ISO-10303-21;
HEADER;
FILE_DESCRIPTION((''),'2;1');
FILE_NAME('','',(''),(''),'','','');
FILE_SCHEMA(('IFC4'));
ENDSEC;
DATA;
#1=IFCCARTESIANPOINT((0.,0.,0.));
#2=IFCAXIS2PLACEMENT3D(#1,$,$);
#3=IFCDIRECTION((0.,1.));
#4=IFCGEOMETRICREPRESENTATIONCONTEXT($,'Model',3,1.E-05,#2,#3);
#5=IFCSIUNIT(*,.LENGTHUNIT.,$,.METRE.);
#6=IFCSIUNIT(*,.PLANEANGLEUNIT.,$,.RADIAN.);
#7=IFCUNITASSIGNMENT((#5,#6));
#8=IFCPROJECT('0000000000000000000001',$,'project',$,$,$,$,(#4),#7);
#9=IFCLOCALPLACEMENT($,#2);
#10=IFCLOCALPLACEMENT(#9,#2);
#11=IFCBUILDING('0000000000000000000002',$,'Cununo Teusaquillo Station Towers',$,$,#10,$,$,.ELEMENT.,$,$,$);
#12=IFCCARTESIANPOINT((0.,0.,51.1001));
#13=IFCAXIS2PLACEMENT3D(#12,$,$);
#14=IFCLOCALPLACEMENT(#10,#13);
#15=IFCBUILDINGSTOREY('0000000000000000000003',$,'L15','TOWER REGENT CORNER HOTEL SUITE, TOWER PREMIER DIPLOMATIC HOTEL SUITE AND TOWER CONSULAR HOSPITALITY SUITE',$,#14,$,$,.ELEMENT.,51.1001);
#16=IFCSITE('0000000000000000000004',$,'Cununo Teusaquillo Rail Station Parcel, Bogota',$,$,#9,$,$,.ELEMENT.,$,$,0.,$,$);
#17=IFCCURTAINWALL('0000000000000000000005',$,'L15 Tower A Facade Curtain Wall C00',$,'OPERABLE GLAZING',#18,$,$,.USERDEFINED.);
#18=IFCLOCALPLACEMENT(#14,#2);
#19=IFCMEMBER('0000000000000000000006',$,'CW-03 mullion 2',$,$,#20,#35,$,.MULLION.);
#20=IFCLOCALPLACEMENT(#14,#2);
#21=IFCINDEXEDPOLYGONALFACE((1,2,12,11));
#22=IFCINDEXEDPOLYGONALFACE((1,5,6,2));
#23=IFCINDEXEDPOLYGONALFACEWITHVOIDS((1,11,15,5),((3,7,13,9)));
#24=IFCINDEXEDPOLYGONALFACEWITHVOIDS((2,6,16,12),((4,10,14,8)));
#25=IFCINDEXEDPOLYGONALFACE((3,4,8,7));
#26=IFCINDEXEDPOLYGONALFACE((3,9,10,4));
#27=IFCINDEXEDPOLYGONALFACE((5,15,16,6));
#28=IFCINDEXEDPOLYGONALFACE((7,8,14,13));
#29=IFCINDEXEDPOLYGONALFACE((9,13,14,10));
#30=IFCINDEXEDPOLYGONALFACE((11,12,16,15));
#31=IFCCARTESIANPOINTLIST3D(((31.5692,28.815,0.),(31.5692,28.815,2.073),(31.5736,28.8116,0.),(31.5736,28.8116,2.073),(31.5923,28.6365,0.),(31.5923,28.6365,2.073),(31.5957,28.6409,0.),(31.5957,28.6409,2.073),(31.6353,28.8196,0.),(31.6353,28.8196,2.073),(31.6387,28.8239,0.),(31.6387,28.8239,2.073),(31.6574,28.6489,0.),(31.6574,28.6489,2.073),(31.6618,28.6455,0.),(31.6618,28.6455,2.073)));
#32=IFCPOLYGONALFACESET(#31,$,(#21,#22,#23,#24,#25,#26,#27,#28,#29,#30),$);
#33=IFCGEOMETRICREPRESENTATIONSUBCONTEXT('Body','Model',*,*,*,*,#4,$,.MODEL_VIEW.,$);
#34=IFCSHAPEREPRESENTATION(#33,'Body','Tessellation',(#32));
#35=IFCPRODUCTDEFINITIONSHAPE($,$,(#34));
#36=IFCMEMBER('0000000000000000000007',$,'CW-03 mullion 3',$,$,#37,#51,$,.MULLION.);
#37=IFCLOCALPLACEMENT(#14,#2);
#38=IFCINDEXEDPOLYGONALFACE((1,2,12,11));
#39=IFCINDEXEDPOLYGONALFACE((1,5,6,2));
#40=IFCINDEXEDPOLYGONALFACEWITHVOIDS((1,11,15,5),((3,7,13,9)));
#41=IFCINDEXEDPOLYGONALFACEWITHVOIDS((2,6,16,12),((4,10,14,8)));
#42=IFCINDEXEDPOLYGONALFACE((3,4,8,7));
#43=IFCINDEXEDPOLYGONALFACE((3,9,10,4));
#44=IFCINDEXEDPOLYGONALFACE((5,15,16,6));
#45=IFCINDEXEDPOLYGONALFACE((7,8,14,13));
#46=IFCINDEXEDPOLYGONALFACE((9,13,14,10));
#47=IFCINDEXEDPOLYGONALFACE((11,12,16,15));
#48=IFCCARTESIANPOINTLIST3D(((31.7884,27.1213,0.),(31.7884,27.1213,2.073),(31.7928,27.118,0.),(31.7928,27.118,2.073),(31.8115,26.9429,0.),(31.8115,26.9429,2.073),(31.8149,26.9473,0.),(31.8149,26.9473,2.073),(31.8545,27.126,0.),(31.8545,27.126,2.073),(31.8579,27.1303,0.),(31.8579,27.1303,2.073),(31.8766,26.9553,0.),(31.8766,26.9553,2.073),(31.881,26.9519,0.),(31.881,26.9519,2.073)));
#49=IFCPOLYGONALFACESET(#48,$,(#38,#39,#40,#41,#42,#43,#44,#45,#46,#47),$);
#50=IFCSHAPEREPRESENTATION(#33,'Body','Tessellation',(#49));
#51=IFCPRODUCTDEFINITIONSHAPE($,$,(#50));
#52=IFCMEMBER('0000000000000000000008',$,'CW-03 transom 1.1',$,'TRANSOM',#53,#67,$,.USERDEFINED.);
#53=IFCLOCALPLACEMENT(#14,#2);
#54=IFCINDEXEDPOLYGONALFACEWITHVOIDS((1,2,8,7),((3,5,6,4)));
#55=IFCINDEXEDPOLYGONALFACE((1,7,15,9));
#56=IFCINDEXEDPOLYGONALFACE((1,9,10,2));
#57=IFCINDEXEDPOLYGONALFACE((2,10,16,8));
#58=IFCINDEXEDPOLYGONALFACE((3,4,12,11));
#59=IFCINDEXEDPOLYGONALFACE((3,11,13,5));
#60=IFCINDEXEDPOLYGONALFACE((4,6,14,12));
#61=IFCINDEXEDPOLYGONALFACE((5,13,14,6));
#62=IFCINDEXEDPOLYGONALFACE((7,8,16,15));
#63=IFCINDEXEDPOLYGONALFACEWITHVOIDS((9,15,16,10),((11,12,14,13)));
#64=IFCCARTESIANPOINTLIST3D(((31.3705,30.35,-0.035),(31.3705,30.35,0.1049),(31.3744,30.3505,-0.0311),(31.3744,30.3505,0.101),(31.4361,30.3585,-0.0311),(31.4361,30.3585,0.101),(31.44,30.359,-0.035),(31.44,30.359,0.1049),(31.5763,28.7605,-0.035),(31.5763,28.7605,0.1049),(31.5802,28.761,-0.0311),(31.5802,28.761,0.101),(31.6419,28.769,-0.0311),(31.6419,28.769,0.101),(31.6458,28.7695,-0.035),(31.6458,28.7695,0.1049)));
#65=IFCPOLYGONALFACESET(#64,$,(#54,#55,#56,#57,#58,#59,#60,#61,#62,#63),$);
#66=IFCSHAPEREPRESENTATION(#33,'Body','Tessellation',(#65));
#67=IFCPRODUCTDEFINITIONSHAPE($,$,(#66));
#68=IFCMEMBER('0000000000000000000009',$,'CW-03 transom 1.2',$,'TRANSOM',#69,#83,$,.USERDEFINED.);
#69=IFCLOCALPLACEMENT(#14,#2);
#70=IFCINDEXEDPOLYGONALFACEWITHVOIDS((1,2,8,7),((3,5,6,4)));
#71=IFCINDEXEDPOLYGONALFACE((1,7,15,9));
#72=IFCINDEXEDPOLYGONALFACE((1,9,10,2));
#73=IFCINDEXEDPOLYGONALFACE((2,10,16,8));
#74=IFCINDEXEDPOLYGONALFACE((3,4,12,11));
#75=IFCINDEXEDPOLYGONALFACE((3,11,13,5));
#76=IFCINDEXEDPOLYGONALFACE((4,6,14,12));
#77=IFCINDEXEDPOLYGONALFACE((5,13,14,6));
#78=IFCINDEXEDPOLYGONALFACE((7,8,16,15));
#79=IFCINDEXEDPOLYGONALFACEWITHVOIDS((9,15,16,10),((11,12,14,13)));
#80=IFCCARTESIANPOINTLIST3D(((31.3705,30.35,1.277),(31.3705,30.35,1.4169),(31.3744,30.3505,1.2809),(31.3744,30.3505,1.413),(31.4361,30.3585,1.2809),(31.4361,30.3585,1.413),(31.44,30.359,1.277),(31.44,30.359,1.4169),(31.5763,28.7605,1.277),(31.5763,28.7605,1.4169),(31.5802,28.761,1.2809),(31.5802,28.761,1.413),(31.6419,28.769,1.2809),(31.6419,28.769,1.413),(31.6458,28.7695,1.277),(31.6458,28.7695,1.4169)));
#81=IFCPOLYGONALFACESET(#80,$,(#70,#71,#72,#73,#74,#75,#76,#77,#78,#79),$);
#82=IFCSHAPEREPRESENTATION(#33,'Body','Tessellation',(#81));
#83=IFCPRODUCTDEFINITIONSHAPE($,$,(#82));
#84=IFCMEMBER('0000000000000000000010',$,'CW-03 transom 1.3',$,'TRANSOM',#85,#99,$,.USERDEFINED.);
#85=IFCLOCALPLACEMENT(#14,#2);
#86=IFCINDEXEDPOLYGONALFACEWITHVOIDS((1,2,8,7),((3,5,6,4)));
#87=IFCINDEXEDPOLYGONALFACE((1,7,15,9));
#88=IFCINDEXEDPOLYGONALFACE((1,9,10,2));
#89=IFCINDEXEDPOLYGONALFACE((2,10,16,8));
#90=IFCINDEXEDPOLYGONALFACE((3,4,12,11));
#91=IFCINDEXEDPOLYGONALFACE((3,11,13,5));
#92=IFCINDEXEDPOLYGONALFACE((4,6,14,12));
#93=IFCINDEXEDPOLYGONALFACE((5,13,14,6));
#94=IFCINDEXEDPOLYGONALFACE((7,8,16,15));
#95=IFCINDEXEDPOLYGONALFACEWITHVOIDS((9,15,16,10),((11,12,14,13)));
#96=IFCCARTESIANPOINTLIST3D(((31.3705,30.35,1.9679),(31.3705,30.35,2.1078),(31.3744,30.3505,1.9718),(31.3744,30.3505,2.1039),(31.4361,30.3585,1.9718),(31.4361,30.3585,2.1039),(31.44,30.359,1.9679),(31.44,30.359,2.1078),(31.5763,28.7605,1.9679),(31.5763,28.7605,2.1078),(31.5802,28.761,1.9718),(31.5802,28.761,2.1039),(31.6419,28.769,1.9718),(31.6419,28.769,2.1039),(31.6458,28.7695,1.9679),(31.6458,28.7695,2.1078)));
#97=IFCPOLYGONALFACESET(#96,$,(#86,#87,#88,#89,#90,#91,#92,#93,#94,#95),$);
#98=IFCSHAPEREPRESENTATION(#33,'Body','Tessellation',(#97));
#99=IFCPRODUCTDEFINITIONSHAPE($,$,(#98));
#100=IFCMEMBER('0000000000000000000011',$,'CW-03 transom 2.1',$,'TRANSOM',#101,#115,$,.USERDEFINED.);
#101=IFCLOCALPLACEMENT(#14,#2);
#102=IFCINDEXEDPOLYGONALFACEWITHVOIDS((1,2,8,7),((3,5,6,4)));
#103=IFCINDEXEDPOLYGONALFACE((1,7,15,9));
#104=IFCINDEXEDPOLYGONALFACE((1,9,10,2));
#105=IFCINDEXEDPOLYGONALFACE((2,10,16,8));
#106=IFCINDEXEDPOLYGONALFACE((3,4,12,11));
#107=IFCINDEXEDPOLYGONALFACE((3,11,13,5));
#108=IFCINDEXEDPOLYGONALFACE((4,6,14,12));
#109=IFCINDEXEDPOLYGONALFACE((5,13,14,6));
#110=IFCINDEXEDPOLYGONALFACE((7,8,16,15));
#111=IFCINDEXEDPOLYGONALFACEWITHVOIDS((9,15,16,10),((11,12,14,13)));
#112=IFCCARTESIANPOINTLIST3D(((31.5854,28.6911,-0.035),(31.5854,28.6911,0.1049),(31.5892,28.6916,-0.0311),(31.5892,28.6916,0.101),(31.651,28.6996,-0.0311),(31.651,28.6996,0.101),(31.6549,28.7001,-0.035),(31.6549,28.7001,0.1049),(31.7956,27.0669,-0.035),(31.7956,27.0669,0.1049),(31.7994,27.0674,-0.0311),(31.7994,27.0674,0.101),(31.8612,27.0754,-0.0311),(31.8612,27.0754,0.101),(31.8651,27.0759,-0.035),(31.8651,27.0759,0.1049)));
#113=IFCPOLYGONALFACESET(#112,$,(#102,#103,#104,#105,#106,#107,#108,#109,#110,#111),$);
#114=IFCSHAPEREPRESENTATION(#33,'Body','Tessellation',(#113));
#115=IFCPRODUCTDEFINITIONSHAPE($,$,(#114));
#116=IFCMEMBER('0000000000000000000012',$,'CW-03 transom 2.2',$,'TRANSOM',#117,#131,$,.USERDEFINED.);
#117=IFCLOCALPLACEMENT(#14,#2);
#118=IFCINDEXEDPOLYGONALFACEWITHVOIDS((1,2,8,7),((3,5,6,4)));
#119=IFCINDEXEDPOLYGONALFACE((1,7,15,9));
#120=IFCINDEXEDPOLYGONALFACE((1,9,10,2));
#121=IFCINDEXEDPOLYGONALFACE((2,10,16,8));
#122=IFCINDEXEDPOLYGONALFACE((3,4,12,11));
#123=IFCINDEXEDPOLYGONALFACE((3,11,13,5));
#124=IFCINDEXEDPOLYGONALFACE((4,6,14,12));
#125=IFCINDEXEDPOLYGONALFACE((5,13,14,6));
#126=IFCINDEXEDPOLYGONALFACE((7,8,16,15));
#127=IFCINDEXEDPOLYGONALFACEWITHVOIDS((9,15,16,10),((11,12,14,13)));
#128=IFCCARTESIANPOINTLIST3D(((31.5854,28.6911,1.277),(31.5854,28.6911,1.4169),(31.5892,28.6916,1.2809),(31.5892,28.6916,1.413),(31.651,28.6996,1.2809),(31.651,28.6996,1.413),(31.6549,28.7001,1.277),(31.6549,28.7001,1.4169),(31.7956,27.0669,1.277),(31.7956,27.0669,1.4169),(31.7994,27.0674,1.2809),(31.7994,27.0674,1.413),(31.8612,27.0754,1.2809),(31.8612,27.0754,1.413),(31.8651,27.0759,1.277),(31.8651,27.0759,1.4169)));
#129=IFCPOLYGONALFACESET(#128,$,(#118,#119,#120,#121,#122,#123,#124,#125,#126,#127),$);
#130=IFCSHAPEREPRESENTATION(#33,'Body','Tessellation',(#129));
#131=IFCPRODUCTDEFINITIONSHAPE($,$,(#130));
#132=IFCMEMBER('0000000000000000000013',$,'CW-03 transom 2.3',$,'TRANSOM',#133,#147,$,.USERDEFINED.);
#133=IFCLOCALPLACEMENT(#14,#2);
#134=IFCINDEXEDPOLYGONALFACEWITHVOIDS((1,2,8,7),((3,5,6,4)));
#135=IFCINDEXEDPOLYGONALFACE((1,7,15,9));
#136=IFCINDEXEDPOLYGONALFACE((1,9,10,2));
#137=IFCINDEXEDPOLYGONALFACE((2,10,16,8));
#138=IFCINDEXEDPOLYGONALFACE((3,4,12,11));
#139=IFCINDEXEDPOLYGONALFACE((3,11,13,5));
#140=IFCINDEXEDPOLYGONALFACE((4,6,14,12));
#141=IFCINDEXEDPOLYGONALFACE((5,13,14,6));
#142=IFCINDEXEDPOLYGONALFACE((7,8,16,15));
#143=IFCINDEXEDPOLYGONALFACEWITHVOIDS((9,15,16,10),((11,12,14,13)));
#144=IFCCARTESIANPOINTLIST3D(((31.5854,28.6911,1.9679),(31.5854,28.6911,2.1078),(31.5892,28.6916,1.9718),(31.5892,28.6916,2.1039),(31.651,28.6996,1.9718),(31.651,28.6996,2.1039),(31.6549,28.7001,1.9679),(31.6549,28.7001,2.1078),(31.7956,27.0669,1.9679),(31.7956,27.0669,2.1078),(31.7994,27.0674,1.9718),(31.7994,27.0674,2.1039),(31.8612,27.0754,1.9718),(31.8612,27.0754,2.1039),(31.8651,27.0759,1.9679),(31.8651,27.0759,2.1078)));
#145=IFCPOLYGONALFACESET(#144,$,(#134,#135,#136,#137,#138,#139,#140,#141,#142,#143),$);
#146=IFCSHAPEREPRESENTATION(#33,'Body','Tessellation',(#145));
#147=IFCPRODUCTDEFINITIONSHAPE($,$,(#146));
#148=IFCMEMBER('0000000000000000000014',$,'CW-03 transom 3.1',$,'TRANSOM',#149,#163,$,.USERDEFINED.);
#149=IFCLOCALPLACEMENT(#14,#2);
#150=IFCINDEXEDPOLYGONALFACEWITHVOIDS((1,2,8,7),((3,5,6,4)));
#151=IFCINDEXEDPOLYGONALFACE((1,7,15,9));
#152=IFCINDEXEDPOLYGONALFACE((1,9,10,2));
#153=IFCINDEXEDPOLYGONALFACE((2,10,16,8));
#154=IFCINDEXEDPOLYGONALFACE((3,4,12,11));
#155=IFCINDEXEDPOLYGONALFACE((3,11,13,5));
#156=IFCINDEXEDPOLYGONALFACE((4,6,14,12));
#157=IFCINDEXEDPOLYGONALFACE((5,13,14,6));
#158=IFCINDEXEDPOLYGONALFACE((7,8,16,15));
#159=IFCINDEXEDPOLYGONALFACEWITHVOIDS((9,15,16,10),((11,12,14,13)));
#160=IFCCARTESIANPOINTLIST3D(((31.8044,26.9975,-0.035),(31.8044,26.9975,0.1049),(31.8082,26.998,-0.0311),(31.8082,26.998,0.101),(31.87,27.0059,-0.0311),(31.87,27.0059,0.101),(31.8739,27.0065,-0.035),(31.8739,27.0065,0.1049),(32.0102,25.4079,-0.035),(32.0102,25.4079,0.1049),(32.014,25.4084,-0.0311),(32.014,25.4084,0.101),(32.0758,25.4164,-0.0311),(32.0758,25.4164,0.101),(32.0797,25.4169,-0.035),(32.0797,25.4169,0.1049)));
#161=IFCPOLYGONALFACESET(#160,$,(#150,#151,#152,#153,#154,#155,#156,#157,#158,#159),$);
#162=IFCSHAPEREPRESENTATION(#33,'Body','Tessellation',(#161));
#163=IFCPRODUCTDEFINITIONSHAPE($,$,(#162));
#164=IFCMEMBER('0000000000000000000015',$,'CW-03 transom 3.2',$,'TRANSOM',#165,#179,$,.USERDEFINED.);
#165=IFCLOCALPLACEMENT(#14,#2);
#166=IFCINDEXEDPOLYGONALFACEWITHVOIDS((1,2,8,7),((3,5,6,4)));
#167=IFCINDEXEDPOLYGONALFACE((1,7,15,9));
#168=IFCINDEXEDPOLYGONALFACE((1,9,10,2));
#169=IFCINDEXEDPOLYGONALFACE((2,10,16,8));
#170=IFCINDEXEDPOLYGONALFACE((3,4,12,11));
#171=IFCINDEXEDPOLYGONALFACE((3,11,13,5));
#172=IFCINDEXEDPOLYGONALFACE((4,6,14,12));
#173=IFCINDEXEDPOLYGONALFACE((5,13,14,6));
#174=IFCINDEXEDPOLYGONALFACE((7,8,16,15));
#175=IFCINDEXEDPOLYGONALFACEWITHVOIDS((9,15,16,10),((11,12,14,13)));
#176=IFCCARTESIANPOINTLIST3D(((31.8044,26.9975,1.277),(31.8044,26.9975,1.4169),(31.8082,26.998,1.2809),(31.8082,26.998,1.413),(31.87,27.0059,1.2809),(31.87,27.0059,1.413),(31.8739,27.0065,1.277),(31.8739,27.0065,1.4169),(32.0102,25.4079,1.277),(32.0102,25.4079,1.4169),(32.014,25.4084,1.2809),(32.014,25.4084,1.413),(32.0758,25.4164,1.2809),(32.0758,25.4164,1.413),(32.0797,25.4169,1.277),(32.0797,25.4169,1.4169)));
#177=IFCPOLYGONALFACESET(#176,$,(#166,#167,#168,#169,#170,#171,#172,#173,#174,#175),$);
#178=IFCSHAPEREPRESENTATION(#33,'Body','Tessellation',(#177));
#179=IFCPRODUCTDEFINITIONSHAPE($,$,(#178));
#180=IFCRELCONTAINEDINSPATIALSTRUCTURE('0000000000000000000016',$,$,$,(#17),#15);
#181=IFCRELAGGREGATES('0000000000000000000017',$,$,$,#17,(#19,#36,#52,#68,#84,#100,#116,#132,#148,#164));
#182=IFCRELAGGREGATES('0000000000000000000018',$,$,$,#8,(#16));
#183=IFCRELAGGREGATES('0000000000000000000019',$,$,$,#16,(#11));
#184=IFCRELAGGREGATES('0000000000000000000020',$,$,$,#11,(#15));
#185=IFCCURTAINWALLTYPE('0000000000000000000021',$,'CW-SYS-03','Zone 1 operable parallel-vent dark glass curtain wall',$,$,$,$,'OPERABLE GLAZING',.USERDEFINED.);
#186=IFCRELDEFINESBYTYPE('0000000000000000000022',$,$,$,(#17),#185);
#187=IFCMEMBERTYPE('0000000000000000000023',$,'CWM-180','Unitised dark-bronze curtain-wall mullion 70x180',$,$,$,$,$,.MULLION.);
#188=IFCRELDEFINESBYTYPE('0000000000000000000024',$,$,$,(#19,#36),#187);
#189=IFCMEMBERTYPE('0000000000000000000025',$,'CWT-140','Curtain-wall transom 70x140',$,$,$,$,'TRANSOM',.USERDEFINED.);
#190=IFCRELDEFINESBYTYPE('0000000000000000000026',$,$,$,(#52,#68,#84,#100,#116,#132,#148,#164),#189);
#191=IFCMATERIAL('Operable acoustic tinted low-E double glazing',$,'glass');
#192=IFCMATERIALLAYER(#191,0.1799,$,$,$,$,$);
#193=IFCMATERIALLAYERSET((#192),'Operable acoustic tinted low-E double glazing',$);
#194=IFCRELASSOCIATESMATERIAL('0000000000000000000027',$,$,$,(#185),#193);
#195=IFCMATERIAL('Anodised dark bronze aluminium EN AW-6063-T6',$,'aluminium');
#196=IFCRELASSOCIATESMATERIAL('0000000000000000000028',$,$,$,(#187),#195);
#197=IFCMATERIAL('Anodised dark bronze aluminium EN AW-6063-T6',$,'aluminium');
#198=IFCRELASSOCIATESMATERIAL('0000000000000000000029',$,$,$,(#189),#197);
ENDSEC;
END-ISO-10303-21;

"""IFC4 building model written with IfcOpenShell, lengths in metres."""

from ifc_helpers import new_model, si_unit, direction, frame, origin, origin_2d, place, context, subcontext, project, spatial, hollow_rectangle, extrude, material, layer, layer_set, material_profile, profile_set, type_object, element, aggregate, save


model = new_model("IFC4")

# Units and contexts
model_context = context("Model", 3, precision=1e-05, world=origin(), true_north=direction((0.0, 1.0)))
body_context = subcontext(model_context, "Body", "Model", "MODEL_VIEW")
ifc_project = project(units=[si_unit("LENGTHUNIT", "METRE"), si_unit("PLANEANGLEUNIT", "RADIAN")], contexts=[model_context])

# Site, building, storey
site_placement = place(None, origin())
site = spatial("IfcSite", under=ifc_project, at=site_placement, Name="Cununo Teusaquillo Rail Station Parcel, Bogota", CompositionType="ELEMENT", RefElevation=0.0)
building_placement = place(site_placement, origin())
building = spatial("IfcBuilding", under=site, at=building_placement, Name="Cununo Teusaquillo Station Towers", CompositionType="ELEMENT")
storey_placement = place(building_placement, frame((0.0, 0.0, 51.1001)))
storey = spatial("IfcBuildingStorey", under=building, at=storey_placement, Name="L15", Description="TOWER REGENT CORNER HOTEL SUITE, TOWER PREMIER DIPLOMATIC HOTEL SUITE AND TOWER CONSULAR HOSPITALITY SUITE", CompositionType="ELEMENT", Elevation=51.1001)

# Curtain wall, members
ifc_material_1 = material(Name="Operable acoustic tinted low-E double glazing", Category="glass")
ifc_layer_1 = layer(ifc_material_1, 0.1799)
ifc_layer_set_1 = layer_set([ifc_layer_1], Name="Operable acoustic tinted low-E double glazing")
curtain_wall_type = type_object("IfcCurtainWallType", Name="CW-SYS-03", Description="Zone 1 operable parallel-vent dark glass curtain wall", ElementType="OPERABLE GLAZING", PredefinedType="USERDEFINED", material=ifc_layer_set_1)
curtain_wall_placement = place(storey_placement, origin())
curtain_wall = element("IfcCurtainWall", 1, at=curtain_wall_placement, inside=storey, type_object=curtain_wall_type, Name="L15 Tower A Facade Curtain Wall C00", ObjectType="OPERABLE GLAZING", PredefinedType="USERDEFINED")
ifc_material_2 = material(Name="Anodised dark bronze aluminium EN AW-6063-T6", Category="aluminium")
ifc_material_profile_1 = material_profile(ifc_material_2, hollow_rectangle(XDim=0.0701, YDim=0.1799, WallThickness=0.0039, at=origin_2d()), Name="CW-MULL-70x180")
ifc_profile_set_1 = profile_set([ifc_material_profile_1], Name="Anodised dark bronze aluminium EN AW-6063-T6")
member_type_1 = type_object("IfcMemberType", Name="CWM-180", Description="Unitised dark-bronze curtain-wall mullion 70x180", PredefinedType="MULLION", material=ifc_profile_set_1)
member_1_placement = place(storey_placement, frame((31.6155, 28.7302, 0.0), z_axis=(0.0, 0.0, 1.0), x_axis=(0.991731, 0.128336, 0.0)))
member_1 = element("IfcMember", 2, at=member_1_placement, type_object=member_type_1, Name="CW-03 mullion 2", PredefinedType="MULLION", context=body_context, shape_type="SweptSolid", body=[
    extrude(hollow_rectangle(XDim=0.0701, YDim=0.1799, WallThickness=0.0039, at=origin_2d()), origin(), (0.0, 0.0, 1.0), 2.073),
])
member_2_placement = place(storey_placement, frame((31.8347, 27.0366, 0.0), z_axis=(0.0, 0.0, 1.0), x_axis=(0.991731, 0.128336, 0.0)))
member_2 = element("IfcMember", 3, at=member_2_placement, type_object=member_type_1, Name="CW-03 mullion 3", PredefinedType="MULLION", context=body_context, shape_type="SweptSolid", body=[
    extrude(hollow_rectangle(XDim=0.0701, YDim=0.1799, WallThickness=0.0039, at=origin_2d()), origin(), (0.0, 0.0, 1.0), 2.073),
])
ifc_material_3 = material(Name="Anodised dark bronze aluminium EN AW-6063-T6", Category="aluminium")
ifc_material_profile_2 = material_profile(ifc_material_3, hollow_rectangle(XDim=0.0701, YDim=0.1399, WallThickness=0.0039, at=origin_2d()), Name="CW-TRAN-70x140")
ifc_profile_set_2 = profile_set([ifc_material_profile_2], Name="Anodised dark bronze aluminium EN AW-6063-T6")
member_type_2 = type_object("IfcMemberType", Name="CWT-140", Description="Curtain-wall transom 70x140", ElementType="TRANSOM", PredefinedType="USERDEFINED", material=ifc_profile_set_2)
member_3_placement = place(storey_placement, frame((31.4053, 30.3545, 0.0349), z_axis=(0.128401, -0.991722, 0.0), x_axis=(0.991722, 0.128401, 0.0)))
member_3 = element("IfcMember", 4, at=member_3_placement, type_object=member_type_2, Name="CW-03 transom 1.1", ObjectType="TRANSOM", PredefinedType="USERDEFINED", context=body_context, shape_type="SweptSolid", body=[
    extrude(hollow_rectangle(XDim=0.0701, YDim=0.1399, WallThickness=0.0039, at=origin_2d()), origin(), (0.0, 0.0, 1.0), 1.6028),
])
member_4_placement = place(storey_placement, frame((31.4053, 30.3545, 1.3469), z_axis=(0.128401, -0.991722, 0.0), x_axis=(0.991722, 0.128401, 0.0)))
member_4 = element("IfcMember", 5, at=member_4_placement, type_object=member_type_2, Name="CW-03 transom 1.2", ObjectType="TRANSOM", PredefinedType="USERDEFINED", context=body_context, shape_type="SweptSolid", body=[
    extrude(hollow_rectangle(XDim=0.0701, YDim=0.1399, WallThickness=0.0039, at=origin_2d()), origin(), (0.0, 0.0, 1.0), 1.6028),
])
member_5_placement = place(storey_placement, frame((31.4053, 30.3545, 2.0378), z_axis=(0.128401, -0.991722, 0.0), x_axis=(0.991722, 0.128401, 0.0)))
member_5 = element("IfcMember", 6, at=member_5_placement, type_object=member_type_2, Name="CW-03 transom 1.3", ObjectType="TRANSOM", PredefinedType="USERDEFINED", context=body_context, shape_type="SweptSolid", body=[
    extrude(hollow_rectangle(XDim=0.0701, YDim=0.1399, WallThickness=0.0039, at=origin_2d()), origin(), (0.0, 0.0, 1.0), 1.6028),
])
member_6_placement = place(storey_placement, frame((31.6201, 28.6956, 0.0349), z_axis=(0.128345, -0.99173, 0.0), x_axis=(0.99173, 0.128345, 0.0)))
member_6 = element("IfcMember", 7, at=member_6_placement, type_object=member_type_2, Name="CW-03 transom 2.1", ObjectType="TRANSOM", PredefinedType="USERDEFINED", context=body_context, shape_type="SweptSolid", body=[
    extrude(hollow_rectangle(XDim=0.0701, YDim=0.1399, WallThickness=0.0039, at=origin_2d()), origin(), (0.0, 0.0, 1.0), 1.6377),
])
member_7_placement = place(storey_placement, frame((31.6201, 28.6956, 1.3469), z_axis=(0.128345, -0.99173, 0.0), x_axis=(0.99173, 0.128345, 0.0)))
member_7 = element("IfcMember", 8, at=member_7_placement, type_object=member_type_2, Name="CW-03 transom 2.2", ObjectType="TRANSOM", PredefinedType="USERDEFINED", context=body_context, shape_type="SweptSolid", body=[
    extrude(hollow_rectangle(XDim=0.0701, YDim=0.1399, WallThickness=0.0039, at=origin_2d()), origin(), (0.0, 0.0, 1.0), 1.6377),
])
member_8_placement = place(storey_placement, frame((31.6201, 28.6956, 2.0378), z_axis=(0.128345, -0.99173, 0.0), x_axis=(0.99173, 0.128345, 0.0)))
member_8 = element("IfcMember", 9, at=member_8_placement, type_object=member_type_2, Name="CW-03 transom 2.3", ObjectType="TRANSOM", PredefinedType="USERDEFINED", context=body_context, shape_type="SweptSolid", body=[
    extrude(hollow_rectangle(XDim=0.0701, YDim=0.1399, WallThickness=0.0039, at=origin_2d()), origin(), (0.0, 0.0, 1.0), 1.6377),
])
member_9_placement = place(storey_placement, frame((31.8391, 27.002, 0.0349), z_axis=(0.128401, -0.991722, 0.0), x_axis=(0.991722, 0.128401, 0.0)))
member_9 = element("IfcMember", 10, at=member_9_placement, type_object=member_type_2, Name="CW-03 transom 3.1", ObjectType="TRANSOM", PredefinedType="USERDEFINED", context=body_context, shape_type="SweptSolid", body=[
    extrude(hollow_rectangle(XDim=0.0701, YDim=0.1399, WallThickness=0.0039, at=origin_2d()), origin(), (0.0, 0.0, 1.0), 1.6028),
])
member_10_placement = place(storey_placement, frame((31.8391, 27.002, 1.3469), z_axis=(0.128401, -0.991722, 0.0), x_axis=(0.991722, 0.128401, 0.0)))
member_10 = element("IfcMember", 11, at=member_10_placement, type_object=member_type_2, Name="CW-03 transom 3.2", ObjectType="TRANSOM", PredefinedType="USERDEFINED", context=body_context, shape_type="SweptSolid", body=[
    extrude(hollow_rectangle(XDim=0.0701, YDim=0.1399, WallThickness=0.0039, at=origin_2d()), origin(), (0.0, 0.0, 1.0), 1.6028),
])
aggregate(curtain_wall, [member_1, member_2, member_3, member_4, member_5, member_6, member_7, member_8, member_9, member_10])

save(model, "model.ifc")
